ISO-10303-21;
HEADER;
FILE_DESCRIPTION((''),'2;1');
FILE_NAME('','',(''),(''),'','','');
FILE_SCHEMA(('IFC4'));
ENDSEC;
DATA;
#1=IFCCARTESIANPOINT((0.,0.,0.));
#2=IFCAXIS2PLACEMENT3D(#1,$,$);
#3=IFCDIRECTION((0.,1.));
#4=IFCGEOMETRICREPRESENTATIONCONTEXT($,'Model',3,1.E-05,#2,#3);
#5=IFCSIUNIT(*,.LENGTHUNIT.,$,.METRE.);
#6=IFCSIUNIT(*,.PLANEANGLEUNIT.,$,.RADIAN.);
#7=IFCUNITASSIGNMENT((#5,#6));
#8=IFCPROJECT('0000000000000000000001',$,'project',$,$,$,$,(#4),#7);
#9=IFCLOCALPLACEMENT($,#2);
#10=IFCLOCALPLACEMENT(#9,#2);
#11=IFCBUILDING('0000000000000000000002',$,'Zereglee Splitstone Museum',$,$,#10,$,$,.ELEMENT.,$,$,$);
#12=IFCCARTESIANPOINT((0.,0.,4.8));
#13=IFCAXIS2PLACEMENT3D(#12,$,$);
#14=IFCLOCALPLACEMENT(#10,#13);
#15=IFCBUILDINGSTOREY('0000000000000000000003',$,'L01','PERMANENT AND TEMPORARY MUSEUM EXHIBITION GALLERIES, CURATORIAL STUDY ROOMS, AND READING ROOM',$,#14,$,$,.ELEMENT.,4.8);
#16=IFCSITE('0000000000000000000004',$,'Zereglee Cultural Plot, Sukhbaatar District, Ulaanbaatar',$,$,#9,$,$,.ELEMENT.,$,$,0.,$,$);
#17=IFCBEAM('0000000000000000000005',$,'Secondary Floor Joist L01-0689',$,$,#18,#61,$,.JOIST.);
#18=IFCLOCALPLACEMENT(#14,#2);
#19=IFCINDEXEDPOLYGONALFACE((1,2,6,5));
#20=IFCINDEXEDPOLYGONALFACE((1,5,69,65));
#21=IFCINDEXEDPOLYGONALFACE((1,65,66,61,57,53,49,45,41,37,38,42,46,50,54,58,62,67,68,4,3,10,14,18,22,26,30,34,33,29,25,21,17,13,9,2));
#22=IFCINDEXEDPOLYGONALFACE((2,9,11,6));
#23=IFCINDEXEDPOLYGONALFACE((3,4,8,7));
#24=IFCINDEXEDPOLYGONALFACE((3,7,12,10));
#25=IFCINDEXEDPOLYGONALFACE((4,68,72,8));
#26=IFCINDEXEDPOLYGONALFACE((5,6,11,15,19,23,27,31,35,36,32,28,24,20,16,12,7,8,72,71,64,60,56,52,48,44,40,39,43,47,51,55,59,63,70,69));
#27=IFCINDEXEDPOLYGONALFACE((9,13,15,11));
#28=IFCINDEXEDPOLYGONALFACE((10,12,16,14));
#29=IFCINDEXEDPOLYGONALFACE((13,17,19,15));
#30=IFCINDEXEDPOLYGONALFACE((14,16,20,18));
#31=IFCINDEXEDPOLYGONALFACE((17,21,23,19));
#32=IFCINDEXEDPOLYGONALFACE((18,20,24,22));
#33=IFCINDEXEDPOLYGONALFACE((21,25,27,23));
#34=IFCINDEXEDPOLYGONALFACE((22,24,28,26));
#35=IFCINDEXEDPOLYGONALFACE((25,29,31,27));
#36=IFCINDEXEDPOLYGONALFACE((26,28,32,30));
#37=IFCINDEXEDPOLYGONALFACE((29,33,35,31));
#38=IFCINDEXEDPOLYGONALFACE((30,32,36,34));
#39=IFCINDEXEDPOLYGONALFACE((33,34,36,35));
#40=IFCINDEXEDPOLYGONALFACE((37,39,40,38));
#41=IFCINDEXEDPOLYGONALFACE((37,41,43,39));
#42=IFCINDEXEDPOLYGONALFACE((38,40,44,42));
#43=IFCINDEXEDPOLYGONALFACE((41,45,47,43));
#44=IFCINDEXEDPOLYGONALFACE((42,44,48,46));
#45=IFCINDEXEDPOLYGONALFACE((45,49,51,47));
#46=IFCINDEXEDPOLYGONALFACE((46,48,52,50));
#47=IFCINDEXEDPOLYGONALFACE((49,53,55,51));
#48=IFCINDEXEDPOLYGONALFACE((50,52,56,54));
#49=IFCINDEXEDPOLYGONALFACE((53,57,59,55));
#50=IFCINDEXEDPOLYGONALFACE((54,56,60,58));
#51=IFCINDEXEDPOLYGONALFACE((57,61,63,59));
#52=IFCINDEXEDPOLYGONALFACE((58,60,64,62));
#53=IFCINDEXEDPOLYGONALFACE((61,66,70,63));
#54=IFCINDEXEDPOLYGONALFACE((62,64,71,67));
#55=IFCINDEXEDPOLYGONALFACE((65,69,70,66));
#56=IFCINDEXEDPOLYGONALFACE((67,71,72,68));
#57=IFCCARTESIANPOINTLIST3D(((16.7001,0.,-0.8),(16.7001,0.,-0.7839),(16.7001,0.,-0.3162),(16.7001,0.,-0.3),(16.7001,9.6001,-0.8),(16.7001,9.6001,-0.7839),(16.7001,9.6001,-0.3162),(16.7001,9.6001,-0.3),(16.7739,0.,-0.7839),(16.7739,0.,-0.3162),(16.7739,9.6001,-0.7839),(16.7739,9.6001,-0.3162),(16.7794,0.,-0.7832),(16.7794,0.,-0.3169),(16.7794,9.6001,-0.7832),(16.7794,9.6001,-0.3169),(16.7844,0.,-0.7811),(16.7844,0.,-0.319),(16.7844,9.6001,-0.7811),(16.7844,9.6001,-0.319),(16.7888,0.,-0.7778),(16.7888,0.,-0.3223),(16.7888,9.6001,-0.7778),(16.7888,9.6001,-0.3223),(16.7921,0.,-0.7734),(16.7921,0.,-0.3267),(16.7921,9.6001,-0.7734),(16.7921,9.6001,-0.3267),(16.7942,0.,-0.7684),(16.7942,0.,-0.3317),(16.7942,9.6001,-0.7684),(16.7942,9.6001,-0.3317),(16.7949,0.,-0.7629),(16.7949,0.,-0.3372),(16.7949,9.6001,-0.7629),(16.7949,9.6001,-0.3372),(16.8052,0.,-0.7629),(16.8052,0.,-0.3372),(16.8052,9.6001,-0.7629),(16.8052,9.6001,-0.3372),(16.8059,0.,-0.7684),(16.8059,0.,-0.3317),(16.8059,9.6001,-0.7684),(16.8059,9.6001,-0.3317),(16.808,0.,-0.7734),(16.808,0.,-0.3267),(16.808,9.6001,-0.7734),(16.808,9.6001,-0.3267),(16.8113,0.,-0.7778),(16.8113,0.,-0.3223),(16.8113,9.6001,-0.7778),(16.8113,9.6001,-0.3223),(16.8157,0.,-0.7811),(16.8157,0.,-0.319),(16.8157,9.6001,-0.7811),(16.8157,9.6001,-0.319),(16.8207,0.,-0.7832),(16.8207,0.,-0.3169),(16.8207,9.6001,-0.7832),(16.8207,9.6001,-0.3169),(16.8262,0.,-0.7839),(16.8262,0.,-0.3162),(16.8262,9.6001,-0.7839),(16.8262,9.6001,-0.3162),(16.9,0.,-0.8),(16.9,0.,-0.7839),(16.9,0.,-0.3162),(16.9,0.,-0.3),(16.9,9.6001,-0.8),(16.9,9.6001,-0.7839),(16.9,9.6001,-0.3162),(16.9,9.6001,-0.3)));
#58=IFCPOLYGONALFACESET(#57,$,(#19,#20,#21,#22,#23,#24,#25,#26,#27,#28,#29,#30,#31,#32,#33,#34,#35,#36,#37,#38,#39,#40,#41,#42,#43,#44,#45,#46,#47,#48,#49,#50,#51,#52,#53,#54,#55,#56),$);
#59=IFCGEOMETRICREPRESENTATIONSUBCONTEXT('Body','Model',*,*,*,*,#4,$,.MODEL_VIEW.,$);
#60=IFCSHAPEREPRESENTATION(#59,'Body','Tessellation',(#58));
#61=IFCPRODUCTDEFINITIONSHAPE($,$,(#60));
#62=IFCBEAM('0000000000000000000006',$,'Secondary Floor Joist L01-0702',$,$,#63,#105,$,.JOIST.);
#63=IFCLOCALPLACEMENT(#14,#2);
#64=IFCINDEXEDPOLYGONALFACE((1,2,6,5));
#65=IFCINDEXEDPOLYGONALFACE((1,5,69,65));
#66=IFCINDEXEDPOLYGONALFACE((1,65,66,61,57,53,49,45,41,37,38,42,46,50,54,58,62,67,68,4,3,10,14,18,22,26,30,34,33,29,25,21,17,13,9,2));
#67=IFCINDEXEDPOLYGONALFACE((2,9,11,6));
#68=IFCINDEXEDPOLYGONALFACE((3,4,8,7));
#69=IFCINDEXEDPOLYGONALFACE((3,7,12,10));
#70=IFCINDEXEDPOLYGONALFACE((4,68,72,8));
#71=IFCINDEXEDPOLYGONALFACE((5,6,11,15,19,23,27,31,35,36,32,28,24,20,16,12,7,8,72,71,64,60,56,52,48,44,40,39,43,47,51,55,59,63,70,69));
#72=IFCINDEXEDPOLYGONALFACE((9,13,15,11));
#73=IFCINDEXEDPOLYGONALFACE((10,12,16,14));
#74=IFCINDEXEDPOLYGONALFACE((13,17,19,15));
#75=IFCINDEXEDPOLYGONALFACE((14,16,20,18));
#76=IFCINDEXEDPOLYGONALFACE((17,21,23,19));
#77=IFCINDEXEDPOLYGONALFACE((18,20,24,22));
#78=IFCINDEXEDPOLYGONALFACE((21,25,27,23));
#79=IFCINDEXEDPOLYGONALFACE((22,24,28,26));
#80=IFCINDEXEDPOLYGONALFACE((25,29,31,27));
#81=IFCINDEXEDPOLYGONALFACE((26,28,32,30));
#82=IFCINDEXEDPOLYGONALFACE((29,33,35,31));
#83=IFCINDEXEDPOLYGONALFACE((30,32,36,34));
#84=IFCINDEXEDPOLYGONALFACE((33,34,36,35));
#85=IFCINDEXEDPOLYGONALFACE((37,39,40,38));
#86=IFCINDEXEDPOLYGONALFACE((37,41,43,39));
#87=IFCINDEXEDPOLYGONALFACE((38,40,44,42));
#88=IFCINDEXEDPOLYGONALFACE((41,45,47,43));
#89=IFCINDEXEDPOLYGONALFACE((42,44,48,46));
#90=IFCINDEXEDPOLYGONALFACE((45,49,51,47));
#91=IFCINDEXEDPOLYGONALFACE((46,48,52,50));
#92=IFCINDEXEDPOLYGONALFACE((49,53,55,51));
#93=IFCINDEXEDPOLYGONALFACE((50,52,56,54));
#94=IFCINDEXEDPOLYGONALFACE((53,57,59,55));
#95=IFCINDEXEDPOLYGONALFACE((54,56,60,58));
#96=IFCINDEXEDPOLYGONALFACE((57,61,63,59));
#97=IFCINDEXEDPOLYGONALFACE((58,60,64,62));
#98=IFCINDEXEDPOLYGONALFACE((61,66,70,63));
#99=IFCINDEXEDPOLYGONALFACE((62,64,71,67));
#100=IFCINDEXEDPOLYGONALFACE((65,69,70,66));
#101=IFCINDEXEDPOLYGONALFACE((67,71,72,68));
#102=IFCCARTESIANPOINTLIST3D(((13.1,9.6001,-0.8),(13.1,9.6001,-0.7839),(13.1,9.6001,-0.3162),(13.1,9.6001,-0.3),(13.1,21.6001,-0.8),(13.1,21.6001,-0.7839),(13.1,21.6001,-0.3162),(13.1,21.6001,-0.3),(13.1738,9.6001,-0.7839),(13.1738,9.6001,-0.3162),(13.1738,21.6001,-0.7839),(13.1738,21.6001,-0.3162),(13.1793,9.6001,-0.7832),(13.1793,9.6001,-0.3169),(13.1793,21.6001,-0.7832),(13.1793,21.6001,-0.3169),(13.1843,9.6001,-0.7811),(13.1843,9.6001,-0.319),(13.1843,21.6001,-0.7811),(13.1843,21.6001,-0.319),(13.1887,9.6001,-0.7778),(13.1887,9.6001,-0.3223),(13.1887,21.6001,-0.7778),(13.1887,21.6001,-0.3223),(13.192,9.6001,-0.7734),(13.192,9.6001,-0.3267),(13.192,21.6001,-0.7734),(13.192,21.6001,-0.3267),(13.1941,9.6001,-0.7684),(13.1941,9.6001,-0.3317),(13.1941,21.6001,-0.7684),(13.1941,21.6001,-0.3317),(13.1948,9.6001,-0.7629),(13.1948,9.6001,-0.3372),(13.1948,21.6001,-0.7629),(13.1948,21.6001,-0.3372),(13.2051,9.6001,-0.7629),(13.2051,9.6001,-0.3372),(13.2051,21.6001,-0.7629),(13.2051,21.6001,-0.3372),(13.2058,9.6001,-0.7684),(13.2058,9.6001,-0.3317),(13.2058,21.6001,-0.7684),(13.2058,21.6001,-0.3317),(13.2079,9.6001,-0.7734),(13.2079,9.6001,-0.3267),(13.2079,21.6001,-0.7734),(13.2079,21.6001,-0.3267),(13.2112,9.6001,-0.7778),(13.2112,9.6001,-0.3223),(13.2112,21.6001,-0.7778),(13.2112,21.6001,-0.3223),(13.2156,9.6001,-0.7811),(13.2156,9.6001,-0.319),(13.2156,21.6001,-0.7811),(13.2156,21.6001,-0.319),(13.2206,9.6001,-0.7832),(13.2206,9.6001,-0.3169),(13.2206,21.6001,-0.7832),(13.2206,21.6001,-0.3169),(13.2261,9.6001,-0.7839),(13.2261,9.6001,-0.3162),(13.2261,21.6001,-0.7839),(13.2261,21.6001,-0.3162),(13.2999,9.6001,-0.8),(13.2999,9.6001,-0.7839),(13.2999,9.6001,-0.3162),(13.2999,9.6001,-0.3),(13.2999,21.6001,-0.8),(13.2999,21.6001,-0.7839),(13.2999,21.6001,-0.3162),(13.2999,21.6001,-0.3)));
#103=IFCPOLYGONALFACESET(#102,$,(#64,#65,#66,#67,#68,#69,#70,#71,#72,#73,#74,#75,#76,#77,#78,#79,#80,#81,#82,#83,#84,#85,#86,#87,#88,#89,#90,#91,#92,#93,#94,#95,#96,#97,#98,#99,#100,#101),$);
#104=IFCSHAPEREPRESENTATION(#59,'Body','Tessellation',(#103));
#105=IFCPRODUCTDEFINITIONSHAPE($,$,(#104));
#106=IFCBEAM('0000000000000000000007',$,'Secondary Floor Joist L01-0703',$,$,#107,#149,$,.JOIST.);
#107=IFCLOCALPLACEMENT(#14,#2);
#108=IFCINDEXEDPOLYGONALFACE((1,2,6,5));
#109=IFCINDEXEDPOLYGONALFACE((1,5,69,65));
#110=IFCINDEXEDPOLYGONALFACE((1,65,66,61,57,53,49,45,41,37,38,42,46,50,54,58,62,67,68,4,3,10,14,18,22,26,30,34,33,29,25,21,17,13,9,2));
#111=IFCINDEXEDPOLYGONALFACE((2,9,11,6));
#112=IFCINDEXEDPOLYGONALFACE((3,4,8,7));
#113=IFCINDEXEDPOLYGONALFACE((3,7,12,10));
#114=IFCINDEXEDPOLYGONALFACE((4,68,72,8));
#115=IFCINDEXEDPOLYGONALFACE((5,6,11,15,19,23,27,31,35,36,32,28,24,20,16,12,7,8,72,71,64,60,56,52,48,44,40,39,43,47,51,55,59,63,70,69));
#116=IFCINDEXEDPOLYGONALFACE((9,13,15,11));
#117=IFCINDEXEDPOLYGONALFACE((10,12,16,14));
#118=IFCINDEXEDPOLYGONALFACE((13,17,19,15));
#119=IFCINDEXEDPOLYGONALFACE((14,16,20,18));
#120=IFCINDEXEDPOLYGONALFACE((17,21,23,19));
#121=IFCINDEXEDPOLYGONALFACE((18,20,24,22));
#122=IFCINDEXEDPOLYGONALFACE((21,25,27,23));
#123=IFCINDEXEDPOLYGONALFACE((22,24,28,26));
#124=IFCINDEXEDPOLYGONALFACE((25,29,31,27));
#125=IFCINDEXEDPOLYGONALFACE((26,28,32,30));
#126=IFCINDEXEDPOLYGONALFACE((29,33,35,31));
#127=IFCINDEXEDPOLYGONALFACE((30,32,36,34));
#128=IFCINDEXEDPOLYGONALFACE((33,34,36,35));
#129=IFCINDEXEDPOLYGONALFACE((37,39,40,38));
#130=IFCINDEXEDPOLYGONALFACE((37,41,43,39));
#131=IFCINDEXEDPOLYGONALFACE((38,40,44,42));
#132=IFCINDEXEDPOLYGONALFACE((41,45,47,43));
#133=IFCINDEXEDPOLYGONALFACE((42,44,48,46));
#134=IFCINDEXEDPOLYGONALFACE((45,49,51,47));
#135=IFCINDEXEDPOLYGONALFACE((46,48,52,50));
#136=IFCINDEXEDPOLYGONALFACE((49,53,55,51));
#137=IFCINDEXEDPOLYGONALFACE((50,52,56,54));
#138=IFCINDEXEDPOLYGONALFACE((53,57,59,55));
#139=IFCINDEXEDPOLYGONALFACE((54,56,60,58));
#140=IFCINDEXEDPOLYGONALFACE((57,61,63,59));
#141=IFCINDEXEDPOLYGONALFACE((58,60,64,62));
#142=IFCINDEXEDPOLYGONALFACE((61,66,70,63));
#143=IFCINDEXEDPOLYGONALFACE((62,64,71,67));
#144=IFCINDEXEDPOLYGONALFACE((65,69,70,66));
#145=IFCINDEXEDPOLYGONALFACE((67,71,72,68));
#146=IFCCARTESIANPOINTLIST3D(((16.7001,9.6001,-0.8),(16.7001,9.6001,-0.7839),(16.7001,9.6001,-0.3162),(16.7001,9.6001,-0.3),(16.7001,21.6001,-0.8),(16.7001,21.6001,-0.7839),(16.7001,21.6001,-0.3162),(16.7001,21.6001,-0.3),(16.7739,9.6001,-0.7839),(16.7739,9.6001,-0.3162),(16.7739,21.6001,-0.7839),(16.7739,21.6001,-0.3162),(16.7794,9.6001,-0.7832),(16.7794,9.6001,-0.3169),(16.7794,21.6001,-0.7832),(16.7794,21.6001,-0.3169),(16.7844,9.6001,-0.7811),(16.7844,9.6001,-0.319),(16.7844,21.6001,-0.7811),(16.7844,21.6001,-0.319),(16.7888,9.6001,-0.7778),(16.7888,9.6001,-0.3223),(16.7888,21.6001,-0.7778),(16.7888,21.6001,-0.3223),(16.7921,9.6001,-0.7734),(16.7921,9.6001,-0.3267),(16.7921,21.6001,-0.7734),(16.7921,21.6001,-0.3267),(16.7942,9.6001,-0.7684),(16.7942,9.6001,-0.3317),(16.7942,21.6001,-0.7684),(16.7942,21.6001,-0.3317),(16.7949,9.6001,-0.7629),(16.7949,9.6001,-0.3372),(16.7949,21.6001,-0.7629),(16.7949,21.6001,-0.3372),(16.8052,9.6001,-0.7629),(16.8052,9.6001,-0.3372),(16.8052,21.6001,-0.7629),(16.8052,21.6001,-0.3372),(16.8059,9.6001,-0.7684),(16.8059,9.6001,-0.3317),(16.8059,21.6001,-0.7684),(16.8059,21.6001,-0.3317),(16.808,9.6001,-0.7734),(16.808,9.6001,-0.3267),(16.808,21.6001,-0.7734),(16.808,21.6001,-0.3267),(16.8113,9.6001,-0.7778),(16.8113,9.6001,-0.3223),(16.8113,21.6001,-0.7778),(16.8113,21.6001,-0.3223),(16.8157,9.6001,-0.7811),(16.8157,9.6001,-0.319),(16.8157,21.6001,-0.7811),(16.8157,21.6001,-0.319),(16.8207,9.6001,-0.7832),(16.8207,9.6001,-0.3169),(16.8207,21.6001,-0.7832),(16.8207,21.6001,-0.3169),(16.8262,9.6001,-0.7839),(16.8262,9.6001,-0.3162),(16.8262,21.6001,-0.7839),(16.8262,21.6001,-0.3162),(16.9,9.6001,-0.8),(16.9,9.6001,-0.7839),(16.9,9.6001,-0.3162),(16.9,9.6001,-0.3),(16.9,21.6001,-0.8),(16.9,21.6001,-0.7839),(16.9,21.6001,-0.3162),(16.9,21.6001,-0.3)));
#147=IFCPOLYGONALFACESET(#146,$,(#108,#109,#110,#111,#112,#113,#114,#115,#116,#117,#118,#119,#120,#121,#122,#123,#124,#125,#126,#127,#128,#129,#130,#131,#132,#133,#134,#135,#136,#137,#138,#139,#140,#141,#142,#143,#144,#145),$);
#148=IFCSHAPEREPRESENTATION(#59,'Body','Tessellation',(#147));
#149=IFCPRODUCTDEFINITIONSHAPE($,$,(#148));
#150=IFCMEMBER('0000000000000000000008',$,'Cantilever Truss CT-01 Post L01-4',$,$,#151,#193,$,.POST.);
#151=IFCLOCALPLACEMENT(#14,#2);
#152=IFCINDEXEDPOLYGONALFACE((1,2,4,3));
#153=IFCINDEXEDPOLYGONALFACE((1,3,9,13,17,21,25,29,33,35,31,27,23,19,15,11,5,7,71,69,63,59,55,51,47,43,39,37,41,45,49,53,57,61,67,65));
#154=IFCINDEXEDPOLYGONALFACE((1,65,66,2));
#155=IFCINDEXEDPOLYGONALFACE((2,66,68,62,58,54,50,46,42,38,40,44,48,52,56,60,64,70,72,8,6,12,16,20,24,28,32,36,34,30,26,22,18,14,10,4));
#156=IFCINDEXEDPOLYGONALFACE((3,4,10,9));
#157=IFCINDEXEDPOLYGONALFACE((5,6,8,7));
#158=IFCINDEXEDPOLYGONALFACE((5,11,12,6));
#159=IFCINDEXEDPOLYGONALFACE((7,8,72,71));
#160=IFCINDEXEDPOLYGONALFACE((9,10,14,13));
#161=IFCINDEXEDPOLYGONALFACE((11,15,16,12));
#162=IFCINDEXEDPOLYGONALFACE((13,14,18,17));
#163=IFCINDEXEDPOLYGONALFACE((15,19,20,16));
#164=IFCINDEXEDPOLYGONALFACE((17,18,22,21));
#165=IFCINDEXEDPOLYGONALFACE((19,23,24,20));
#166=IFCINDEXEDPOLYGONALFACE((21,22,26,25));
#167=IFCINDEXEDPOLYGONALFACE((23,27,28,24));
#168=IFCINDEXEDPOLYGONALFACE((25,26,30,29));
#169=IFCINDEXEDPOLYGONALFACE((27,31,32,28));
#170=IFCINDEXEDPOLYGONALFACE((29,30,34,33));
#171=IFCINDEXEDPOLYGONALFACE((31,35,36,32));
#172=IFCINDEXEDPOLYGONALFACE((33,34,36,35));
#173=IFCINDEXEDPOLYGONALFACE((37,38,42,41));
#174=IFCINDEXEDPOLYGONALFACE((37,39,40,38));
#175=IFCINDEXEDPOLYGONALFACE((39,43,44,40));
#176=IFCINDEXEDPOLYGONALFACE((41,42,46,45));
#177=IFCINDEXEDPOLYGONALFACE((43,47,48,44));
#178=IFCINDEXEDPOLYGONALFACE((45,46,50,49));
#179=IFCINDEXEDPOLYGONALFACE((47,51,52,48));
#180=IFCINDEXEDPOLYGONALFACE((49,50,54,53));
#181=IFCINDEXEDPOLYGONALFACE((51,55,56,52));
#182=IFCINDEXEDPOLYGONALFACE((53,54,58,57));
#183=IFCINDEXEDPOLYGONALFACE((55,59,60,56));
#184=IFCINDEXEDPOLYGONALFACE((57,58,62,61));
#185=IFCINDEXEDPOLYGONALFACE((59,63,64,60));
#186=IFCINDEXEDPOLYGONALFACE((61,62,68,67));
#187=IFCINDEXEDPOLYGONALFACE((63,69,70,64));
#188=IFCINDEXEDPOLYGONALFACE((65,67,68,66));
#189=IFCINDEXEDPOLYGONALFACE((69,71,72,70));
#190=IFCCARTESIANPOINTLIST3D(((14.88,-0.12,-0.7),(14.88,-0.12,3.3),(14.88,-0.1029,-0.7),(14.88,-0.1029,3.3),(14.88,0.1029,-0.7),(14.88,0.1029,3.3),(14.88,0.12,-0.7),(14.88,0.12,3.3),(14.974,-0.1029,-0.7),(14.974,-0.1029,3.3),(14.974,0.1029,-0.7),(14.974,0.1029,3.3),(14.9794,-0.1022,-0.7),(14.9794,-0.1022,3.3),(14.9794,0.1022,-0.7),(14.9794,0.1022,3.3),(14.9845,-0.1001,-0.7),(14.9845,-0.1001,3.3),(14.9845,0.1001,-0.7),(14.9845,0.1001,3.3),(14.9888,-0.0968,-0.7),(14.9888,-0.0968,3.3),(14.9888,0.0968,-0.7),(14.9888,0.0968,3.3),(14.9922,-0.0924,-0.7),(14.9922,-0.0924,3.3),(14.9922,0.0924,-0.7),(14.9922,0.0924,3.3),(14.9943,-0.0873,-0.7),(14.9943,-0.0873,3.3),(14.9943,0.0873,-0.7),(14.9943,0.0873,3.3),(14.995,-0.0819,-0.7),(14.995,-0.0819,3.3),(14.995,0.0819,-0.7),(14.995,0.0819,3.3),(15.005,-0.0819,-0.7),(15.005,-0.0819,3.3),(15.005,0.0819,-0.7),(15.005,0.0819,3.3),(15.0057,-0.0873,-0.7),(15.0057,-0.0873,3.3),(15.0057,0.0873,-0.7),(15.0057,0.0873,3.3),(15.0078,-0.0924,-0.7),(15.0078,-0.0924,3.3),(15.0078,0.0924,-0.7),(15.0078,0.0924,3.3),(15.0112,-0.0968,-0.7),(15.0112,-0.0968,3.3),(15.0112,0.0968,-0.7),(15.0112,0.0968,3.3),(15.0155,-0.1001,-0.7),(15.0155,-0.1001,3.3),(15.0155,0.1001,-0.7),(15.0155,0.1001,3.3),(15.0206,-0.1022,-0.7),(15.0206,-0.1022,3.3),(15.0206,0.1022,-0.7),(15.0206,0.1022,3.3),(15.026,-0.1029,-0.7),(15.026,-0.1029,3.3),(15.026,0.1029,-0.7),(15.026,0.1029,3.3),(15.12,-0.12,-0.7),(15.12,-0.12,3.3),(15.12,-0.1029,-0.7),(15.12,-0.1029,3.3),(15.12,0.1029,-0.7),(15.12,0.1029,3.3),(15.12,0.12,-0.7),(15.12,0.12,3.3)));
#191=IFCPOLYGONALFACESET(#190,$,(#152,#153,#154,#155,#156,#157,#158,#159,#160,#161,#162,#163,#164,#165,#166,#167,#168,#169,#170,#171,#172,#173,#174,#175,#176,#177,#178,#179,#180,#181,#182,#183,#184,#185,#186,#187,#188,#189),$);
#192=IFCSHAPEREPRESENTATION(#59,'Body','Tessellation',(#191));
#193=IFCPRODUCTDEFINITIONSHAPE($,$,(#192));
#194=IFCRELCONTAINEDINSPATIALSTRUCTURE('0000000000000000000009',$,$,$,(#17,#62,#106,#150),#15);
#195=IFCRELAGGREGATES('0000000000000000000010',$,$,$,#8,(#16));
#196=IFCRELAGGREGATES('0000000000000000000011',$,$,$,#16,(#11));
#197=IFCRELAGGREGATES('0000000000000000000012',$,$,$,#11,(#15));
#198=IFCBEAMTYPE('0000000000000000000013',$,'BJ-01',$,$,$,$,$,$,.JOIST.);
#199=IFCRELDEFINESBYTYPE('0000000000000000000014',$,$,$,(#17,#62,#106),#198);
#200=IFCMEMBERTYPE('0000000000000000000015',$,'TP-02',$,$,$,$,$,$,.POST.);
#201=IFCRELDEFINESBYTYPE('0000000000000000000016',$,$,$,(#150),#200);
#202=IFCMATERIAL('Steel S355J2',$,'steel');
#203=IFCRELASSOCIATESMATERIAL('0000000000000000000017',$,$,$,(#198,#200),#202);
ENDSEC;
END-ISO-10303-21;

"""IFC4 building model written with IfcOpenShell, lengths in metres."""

from ifc_helpers import new_model, si_unit, direction, frame, origin, origin_2d, place, context, subcontext, project, spatial, i_section, extrude, material, material_profile, profile_set, type_object, element, save


model = new_model("IFC4")

# Units and contexts
model_context = context("Model", 3, precision=1e-05, world=origin(), true_north=direction((0.0, 1.0)))
body_context = subcontext(model_context, "Body", "Model", "MODEL_VIEW")
ifc_project = project(units=[si_unit("LENGTHUNIT", "METRE"), si_unit("PLANEANGLEUNIT", "RADIAN")], contexts=[model_context])

# Site, building, storey
site_placement = place(None, origin())
site = spatial("IfcSite", under=ifc_project, at=site_placement, Name="Zereglee Cultural Plot, Sukhbaatar District, Ulaanbaatar", CompositionType="ELEMENT", RefElevation=0.0)
building_placement = place(site_placement, origin())
building = spatial("IfcBuilding", under=site, at=building_placement, Name="Zereglee Splitstone Museum", CompositionType="ELEMENT")
storey_placement = place(building_placement, frame((0.0, 0.0, 4.8)))
storey = spatial("IfcBuildingStorey", under=building, at=storey_placement, Name="L01", Description="PERMANENT AND TEMPORARY MUSEUM EXHIBITION GALLERIES, CURATORIAL STUDY ROOMS, AND READING ROOM", CompositionType="ELEMENT", Elevation=4.8)

# Shared definitions
ifc_material_1 = material(Name="Steel S355J2", Category="steel")

# Beams
ifc_material_profile_1 = material_profile(ifc_material_1, i_section(OverallWidth=0.2, OverallDepth=0.5, WebThickness=0.0103, FlangeThickness=0.0161, FilletRadius=0.021, at=origin_2d()), Name="IPE 500")
ifc_profile_set_1 = profile_set([ifc_material_profile_1], Name="Steel S355J2")
beam_type_1 = type_object("IfcBeamType", Name="BJ-01", PredefinedType="JOIST", material=ifc_profile_set_1)
for number, where, z_axis, x_axis, name in (
    (1, (16.8, 0.0, -0.55), (0.0, 1.0, 0.0), (-1.0, 0.0, 0.0), "Secondary Floor Joist L01-0689"),
):
    element("IfcBeam", number, at=place(storey_placement, frame(where, z_axis=z_axis, x_axis=x_axis)), inside=storey, type_object=beam_type_1, Name=name, PredefinedType="JOIST", context=body_context, shape_type="SweptSolid", body=[
        extrude(i_section(OverallWidth=0.2, OverallDepth=0.5, WebThickness=0.0103, FlangeThickness=0.0161, FilletRadius=0.021, at=origin_2d()), origin(), (0.0, 0.0, 1.0), 9.6001),
    ])
for number, where, z_axis, x_axis, name in (
    (2, (13.2, 9.6001, -0.55), (0.0, 1.0, 0.0), (-1.0, 0.0, 0.0), "Secondary Floor Joist L01-0702"),
    (3, (16.8, 9.6001, -0.55), (0.0, 1.0, 0.0), (-1.0, 0.0, 0.0), "Secondary Floor Joist L01-0703"),
):
    element("IfcBeam", number, at=place(storey_placement, frame(where, z_axis=z_axis, x_axis=x_axis)), inside=storey, type_object=beam_type_1, Name=name, PredefinedType="JOIST", context=body_context, shape_type="SweptSolid", body=[
        extrude(i_section(OverallWidth=0.2, OverallDepth=0.5, WebThickness=0.0103, FlangeThickness=0.0161, FilletRadius=0.021, at=origin_2d()), origin(), (0.0, 0.0, 1.0), 12.0),
    ])

# Member
ifc_material_profile_2 = material_profile(ifc_material_1, i_section(OverallWidth=0.24, OverallDepth=0.24, WebThickness=0.01, FlangeThickness=0.0171, FilletRadius=0.021, at=origin_2d()), Name="HE 240 B")
ifc_profile_set_2 = profile_set([ifc_material_profile_2], Name="Steel S355J2")
member_type_1 = type_object("IfcMemberType", Name="TP-02", PredefinedType="POST", material=ifc_profile_set_2)
for number, where, z_axis, x_axis, name in (
    (4, (15.0, 0.0, -0.7), (0.0, 0.0, 1.0), (1.0, 0.0, 0.0), "Cantilever Truss CT-01 Post L01-4"),
):
    element("IfcMember", number, at=place(storey_placement, frame(where, z_axis=z_axis, x_axis=x_axis)), inside=storey, type_object=member_type_1, Name=name, PredefinedType="POST", context=body_context, shape_type="SweptSolid", body=[
        extrude(i_section(OverallWidth=0.24, OverallDepth=0.24, WebThickness=0.01, FlangeThickness=0.0171, FilletRadius=0.021, at=origin_2d()), origin(), (0.0, 0.0, 1.0), 4.0),
    ])

save(model, "model.ifc")
